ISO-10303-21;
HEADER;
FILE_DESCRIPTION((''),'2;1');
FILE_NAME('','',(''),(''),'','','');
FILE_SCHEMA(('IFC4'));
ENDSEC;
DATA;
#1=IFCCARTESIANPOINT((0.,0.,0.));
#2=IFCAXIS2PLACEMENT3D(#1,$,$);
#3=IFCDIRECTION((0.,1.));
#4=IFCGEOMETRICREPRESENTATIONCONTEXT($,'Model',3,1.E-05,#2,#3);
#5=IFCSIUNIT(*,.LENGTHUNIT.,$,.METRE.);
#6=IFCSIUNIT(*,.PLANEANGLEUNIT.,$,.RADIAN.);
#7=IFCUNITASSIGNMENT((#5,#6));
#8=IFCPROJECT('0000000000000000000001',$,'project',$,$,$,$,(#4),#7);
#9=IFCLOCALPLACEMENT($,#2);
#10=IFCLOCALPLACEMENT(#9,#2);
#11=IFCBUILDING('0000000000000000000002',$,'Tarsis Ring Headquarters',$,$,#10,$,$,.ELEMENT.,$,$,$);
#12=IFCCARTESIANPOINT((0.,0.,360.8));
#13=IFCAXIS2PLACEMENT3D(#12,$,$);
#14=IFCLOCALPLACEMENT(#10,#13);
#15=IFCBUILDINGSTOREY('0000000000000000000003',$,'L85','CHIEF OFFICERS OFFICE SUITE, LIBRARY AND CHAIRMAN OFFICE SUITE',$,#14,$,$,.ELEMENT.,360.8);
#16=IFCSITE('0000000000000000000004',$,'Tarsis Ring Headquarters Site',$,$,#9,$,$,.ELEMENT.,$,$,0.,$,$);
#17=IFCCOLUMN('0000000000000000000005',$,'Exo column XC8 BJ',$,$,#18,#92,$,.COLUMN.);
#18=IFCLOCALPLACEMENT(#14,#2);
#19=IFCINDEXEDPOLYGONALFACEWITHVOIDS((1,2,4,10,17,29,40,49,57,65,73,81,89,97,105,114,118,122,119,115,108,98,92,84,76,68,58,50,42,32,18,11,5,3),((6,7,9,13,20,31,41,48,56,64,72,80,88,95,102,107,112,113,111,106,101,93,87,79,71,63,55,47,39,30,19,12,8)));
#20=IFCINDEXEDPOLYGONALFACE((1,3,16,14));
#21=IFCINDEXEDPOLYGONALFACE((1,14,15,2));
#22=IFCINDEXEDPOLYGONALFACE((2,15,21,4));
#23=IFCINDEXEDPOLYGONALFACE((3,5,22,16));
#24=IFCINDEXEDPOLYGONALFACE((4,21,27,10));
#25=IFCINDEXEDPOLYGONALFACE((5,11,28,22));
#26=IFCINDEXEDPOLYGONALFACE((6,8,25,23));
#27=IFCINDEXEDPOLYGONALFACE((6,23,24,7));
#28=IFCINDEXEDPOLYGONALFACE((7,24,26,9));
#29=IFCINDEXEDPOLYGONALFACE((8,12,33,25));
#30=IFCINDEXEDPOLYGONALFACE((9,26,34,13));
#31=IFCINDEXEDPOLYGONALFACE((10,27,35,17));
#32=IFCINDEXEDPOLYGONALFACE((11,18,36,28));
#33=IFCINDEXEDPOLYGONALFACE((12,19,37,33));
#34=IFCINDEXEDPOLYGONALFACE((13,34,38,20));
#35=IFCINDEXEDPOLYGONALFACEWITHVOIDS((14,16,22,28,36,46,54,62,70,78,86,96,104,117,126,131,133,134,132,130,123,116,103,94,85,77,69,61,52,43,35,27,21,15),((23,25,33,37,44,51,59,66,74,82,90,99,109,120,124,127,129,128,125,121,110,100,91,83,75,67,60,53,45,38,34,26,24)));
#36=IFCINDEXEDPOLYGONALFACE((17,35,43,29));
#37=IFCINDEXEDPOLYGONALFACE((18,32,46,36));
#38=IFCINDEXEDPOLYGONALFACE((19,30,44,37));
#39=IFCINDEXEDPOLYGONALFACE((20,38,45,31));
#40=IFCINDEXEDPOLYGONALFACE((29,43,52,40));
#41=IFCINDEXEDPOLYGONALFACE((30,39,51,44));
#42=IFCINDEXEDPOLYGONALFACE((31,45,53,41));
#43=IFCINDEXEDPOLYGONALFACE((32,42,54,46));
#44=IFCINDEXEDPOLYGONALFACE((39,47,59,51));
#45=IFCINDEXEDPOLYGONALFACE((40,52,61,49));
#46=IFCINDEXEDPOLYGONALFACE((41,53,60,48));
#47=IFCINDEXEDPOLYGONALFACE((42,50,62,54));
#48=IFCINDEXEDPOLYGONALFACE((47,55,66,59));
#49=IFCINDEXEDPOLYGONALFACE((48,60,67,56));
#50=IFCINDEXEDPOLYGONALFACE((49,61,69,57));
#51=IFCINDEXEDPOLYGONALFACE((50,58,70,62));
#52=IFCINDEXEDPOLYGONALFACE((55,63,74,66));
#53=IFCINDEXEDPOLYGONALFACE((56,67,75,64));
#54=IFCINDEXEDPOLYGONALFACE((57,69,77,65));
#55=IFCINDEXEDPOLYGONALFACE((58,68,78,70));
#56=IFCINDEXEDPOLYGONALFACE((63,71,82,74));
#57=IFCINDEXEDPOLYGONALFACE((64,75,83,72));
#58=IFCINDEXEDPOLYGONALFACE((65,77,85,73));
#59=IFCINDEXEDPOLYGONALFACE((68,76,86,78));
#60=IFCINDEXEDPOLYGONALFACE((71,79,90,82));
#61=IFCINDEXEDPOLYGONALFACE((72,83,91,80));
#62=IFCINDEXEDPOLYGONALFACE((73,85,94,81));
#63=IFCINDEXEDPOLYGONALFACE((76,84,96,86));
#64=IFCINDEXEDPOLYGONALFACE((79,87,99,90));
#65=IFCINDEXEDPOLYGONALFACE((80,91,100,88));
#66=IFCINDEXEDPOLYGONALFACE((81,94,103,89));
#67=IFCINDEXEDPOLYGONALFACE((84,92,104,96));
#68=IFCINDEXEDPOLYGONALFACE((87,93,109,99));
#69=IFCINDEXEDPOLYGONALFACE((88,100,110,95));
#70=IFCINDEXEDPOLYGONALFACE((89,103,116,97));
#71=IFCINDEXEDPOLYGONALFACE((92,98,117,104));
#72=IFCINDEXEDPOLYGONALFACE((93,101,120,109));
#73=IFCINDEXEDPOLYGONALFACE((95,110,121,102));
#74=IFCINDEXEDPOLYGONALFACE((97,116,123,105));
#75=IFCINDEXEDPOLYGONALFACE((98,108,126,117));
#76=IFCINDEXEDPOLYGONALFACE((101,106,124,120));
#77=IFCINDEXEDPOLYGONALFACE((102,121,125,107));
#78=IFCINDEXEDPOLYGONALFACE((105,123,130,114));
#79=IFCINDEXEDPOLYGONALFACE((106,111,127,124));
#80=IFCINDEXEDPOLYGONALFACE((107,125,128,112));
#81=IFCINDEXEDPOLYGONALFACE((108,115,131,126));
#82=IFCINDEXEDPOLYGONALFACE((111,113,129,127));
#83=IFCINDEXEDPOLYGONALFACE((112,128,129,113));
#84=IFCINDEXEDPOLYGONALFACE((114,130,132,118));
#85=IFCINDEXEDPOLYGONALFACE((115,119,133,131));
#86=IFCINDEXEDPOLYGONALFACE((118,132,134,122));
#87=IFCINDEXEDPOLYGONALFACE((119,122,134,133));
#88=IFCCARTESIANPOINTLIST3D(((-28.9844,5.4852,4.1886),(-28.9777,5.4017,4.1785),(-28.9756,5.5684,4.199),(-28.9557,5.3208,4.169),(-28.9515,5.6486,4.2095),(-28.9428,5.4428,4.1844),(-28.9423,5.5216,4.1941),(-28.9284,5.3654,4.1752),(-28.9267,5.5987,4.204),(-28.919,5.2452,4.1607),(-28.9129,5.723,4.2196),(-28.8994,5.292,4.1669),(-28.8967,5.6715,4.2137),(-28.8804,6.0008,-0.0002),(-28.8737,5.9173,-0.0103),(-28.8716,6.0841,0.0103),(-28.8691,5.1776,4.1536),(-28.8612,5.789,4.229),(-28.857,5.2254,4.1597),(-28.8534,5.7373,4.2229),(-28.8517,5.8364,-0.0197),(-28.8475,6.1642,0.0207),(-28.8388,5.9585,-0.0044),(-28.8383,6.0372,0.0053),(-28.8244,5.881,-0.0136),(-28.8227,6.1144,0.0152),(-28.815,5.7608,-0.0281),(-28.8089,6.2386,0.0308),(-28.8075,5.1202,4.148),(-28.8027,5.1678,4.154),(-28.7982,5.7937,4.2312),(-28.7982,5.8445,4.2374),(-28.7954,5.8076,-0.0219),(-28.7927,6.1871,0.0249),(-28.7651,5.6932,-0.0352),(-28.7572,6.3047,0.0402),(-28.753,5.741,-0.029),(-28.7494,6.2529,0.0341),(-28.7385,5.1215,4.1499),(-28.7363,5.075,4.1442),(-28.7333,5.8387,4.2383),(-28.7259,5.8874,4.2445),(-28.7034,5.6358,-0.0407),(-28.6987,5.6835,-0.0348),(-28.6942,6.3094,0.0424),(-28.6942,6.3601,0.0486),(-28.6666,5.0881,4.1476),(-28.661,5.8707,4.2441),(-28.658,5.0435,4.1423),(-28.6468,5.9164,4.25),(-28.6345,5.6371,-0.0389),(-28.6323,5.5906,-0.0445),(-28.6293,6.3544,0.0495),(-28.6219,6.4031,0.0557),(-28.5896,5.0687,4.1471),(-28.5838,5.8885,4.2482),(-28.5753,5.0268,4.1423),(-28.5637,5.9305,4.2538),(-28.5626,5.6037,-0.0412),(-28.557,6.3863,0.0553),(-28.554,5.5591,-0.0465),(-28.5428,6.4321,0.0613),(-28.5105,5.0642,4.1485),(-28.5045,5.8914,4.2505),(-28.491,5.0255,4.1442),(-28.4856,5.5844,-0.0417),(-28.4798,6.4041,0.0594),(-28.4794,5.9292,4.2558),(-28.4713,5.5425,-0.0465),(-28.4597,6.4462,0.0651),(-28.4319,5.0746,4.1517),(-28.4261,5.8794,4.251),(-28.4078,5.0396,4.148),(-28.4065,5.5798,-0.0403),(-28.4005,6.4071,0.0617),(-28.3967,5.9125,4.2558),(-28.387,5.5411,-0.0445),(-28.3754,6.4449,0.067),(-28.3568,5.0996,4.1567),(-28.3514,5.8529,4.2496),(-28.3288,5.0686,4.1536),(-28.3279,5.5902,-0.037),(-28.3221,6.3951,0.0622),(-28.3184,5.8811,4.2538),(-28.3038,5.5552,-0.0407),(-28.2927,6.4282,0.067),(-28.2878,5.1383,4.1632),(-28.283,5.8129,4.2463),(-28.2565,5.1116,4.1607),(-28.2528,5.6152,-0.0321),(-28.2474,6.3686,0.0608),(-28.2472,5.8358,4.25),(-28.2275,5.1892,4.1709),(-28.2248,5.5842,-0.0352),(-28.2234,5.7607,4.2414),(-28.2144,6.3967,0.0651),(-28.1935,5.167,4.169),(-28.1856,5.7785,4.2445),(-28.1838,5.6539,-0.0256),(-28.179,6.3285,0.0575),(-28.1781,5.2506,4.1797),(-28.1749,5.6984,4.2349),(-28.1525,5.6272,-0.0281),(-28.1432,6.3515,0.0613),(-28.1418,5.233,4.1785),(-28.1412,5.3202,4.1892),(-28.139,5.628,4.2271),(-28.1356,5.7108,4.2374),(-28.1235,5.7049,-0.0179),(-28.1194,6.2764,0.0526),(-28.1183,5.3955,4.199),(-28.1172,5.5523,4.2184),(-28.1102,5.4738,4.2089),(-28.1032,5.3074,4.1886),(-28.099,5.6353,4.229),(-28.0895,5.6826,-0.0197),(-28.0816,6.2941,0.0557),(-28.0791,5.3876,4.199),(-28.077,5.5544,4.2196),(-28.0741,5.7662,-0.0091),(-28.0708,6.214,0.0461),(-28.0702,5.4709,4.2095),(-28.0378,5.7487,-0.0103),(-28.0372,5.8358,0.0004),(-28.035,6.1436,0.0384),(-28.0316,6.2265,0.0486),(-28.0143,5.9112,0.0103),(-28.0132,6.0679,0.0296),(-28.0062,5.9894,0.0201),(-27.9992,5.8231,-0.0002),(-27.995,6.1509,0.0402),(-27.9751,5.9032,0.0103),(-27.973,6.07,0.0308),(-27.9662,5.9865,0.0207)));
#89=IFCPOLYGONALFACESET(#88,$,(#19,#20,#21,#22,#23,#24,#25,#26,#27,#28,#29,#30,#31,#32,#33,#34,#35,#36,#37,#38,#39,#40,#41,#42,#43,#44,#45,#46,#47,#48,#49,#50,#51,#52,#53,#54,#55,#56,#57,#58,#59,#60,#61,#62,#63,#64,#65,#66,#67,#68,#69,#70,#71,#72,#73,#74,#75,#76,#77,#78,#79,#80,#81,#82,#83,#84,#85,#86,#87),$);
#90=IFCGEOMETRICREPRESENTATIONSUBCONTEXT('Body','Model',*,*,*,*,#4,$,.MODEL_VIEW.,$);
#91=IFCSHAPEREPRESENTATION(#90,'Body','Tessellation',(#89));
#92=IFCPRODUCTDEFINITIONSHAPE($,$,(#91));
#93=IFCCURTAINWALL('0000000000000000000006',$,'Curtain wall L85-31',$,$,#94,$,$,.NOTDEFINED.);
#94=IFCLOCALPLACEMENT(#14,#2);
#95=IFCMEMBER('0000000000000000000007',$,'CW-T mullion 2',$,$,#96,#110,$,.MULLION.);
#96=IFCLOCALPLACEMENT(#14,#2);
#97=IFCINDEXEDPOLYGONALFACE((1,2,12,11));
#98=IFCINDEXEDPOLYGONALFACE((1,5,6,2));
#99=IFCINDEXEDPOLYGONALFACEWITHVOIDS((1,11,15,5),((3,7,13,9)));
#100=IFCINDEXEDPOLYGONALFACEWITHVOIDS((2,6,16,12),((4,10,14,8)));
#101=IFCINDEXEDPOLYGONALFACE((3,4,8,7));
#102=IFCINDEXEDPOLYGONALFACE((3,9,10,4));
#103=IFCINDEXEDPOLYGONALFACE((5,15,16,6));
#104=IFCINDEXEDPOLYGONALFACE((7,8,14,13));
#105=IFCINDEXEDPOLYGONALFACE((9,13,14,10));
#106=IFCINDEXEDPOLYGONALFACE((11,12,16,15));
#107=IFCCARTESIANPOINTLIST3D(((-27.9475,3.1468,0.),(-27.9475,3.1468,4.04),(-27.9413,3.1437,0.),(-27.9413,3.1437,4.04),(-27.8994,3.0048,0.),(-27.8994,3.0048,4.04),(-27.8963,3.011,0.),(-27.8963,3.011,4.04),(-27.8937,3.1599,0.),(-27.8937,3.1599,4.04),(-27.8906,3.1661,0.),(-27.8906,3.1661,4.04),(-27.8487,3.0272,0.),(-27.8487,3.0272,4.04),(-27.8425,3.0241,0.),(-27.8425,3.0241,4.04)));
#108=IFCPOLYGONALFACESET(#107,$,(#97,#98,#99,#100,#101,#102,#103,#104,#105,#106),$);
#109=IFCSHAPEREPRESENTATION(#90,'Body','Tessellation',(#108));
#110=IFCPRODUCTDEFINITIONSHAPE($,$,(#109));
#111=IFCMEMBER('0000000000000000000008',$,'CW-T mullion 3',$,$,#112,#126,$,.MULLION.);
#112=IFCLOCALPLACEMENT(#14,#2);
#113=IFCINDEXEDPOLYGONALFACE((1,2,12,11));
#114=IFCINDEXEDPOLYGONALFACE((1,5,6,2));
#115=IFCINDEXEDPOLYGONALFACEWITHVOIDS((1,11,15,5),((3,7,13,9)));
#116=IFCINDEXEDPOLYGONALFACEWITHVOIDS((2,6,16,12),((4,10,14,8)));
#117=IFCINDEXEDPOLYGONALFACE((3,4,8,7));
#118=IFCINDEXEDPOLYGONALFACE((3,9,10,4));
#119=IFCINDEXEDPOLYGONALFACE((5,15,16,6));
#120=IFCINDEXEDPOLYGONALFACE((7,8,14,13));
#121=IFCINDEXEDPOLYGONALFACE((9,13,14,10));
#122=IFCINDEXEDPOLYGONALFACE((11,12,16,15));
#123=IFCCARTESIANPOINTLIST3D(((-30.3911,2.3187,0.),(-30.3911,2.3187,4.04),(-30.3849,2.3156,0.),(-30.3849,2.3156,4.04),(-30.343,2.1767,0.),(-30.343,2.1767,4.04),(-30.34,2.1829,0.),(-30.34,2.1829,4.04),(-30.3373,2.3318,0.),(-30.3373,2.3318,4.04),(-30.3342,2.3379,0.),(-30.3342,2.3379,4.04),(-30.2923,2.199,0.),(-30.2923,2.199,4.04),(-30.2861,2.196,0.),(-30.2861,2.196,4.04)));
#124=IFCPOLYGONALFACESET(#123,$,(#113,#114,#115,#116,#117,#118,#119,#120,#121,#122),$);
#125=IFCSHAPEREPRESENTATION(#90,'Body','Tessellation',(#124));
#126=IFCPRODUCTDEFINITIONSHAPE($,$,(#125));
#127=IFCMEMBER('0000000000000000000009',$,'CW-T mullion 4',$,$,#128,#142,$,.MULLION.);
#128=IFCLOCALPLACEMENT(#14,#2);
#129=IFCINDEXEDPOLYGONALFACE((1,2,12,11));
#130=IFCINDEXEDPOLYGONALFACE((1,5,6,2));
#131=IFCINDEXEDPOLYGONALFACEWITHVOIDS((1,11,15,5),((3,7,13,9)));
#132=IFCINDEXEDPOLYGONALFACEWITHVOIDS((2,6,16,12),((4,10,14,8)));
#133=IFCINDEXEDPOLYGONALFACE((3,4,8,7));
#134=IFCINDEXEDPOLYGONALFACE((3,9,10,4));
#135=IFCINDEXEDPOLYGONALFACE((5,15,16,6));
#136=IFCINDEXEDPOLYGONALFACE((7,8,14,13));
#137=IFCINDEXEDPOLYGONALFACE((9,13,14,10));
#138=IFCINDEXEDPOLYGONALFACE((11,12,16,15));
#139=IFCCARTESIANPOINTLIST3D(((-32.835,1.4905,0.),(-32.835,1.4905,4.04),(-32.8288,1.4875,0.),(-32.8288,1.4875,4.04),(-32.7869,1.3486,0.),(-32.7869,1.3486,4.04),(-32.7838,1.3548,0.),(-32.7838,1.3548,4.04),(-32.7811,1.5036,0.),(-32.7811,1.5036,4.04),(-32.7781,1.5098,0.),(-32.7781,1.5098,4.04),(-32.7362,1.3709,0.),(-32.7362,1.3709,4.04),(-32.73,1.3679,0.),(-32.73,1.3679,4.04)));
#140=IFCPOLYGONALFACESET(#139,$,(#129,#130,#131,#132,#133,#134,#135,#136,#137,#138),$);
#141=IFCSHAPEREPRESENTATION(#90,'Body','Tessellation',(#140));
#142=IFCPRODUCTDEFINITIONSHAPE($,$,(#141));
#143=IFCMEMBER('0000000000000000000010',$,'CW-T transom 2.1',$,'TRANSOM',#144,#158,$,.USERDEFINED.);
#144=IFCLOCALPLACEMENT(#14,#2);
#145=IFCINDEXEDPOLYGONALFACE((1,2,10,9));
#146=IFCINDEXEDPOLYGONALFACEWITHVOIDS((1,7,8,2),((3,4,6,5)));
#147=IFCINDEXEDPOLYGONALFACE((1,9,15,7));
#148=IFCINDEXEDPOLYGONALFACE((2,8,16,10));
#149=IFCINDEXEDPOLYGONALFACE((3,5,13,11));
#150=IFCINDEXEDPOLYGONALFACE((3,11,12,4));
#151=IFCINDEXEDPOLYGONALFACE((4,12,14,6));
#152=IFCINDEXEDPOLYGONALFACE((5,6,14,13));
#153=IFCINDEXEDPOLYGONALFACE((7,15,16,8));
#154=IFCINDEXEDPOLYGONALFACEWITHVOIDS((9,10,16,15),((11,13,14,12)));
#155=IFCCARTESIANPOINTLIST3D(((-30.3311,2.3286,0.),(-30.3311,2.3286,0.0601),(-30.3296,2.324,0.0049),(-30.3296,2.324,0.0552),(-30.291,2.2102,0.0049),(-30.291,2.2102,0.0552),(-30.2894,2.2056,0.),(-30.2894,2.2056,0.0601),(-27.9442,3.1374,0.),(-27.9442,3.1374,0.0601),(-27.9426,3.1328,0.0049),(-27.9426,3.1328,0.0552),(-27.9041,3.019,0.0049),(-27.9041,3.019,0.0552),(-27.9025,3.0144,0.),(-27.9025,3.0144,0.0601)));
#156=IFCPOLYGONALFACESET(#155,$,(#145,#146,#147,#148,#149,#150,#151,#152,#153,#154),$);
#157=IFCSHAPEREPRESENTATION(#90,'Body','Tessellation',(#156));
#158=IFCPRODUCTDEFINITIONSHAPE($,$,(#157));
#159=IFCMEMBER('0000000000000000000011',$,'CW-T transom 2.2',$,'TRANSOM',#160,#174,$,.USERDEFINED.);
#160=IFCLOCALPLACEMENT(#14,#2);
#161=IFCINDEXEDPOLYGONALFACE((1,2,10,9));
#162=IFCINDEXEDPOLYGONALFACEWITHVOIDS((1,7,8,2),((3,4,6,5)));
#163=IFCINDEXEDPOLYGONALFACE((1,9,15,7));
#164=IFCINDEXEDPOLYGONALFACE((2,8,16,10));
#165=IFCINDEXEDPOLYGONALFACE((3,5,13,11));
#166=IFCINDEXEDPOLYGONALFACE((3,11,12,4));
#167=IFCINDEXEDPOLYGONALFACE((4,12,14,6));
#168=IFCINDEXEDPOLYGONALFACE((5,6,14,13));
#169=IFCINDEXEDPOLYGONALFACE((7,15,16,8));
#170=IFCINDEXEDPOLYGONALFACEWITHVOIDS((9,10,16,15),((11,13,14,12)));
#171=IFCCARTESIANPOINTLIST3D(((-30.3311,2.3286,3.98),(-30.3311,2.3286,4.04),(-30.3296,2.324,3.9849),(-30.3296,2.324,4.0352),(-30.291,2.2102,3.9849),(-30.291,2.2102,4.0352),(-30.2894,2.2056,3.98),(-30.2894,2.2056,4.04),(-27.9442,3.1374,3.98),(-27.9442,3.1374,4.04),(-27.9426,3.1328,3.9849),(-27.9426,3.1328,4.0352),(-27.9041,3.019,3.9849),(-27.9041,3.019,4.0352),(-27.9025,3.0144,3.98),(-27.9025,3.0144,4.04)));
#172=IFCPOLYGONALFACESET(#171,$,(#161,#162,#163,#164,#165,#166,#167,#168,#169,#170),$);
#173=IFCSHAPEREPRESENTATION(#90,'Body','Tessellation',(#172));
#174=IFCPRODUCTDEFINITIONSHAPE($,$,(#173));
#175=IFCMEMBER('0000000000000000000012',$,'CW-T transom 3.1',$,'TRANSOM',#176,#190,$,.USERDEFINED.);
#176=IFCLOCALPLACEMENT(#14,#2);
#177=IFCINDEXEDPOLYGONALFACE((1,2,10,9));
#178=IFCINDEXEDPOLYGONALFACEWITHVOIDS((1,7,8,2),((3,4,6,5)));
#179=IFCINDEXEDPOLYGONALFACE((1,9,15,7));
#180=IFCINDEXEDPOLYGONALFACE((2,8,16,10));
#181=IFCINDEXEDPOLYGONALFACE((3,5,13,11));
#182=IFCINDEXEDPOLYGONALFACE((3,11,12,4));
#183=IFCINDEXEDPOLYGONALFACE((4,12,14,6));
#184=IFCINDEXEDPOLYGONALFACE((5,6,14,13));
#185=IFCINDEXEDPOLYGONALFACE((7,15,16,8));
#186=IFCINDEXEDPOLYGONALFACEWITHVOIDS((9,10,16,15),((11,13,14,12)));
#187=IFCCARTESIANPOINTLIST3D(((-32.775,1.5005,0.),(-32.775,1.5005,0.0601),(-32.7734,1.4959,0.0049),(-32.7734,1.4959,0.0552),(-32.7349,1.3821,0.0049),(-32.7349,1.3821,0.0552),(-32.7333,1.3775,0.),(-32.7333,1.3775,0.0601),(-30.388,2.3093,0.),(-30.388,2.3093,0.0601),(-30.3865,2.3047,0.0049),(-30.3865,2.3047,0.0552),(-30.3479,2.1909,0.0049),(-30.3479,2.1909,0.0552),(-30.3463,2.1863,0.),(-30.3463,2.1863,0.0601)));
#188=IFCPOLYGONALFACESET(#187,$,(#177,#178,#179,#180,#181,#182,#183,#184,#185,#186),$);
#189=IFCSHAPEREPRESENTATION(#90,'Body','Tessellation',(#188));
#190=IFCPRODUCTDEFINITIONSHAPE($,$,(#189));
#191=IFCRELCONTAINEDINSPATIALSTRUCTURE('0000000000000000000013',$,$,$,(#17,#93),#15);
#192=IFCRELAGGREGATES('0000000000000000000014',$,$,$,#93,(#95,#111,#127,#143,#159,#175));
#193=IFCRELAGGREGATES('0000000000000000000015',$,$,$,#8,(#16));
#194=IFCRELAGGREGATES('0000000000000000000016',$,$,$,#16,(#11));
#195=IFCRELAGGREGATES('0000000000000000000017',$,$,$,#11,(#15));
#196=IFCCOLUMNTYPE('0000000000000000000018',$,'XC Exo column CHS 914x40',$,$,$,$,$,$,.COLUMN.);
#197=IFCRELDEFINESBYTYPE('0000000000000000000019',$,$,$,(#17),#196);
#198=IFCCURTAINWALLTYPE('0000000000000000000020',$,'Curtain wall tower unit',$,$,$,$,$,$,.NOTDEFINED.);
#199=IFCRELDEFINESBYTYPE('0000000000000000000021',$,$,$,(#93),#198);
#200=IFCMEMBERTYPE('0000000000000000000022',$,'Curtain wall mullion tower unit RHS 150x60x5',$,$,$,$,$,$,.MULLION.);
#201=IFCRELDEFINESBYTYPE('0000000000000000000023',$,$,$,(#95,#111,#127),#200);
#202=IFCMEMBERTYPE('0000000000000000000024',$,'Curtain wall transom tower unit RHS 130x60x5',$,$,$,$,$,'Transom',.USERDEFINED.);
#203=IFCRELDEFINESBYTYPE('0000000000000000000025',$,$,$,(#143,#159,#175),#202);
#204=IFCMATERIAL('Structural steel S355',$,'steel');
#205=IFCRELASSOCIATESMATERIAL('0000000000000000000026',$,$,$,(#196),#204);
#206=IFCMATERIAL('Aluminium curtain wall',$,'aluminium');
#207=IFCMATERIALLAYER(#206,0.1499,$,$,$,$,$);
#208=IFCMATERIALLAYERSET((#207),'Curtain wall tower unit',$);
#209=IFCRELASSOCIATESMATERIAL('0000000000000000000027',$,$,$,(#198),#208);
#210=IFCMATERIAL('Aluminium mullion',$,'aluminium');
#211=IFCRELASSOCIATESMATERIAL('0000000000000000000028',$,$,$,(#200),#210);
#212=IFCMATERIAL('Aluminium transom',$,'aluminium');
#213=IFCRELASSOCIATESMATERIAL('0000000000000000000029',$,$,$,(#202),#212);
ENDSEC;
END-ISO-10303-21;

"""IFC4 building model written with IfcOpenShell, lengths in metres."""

from ifc_helpers import new_model, si_unit, direction, frame, origin, origin_2d, place, context, subcontext, project, spatial, hollow_rectangle, hollow_circle, extrude, material, layer, layer_set, material_profile, profile_set, type_object, element, aggregate, save


model = new_model("IFC4")

# Units and contexts
model_context = context("Model", 3, precision=1e-05, world=origin(), true_north=direction((0.0, 1.0)))
body_context = subcontext(model_context, "Body", "Model", "MODEL_VIEW")
ifc_project = project(units=[si_unit("LENGTHUNIT", "METRE"), si_unit("PLANEANGLEUNIT", "RADIAN")], contexts=[model_context])

# Site, building, storey
site_placement = place(None, origin())
site = spatial("IfcSite", under=ifc_project, at=site_placement, Name="Tarsis Ring Headquarters Site", CompositionType="ELEMENT", RefElevation=0.0)
building_placement = place(site_placement, origin())
building = spatial("IfcBuilding", under=site, at=building_placement, Name="Tarsis Ring Headquarters", CompositionType="ELEMENT")
storey_placement = place(building_placement, frame((0.0, 0.0, 360.8)))
storey = spatial("IfcBuildingStorey", under=building, at=storey_placement, Name="L85", Description="CHIEF OFFICERS OFFICE SUITE, LIBRARY AND CHAIRMAN OFFICE SUITE", CompositionType="ELEMENT", Elevation=360.8)

# Column
ifc_material_1 = material(Name="Structural steel S355", Category="steel")
ifc_material_profile_1 = material_profile(ifc_material_1, hollow_circle(Radius=0.457, WallThickness=0.04, at=origin_2d()), Name="CHS 914x40")
ifc_profile_set_1 = profile_set([ifc_material_profile_1], Name="Structural steel S355")
column_type = type_object("IfcColumnType", Name="XC Exo column CHS 914x40", PredefinedType="COLUMN", material=ifc_profile_set_1)
column_placement = place(storey_placement, frame((-28.4233, 5.9937, 0.0103), z_axis=(-0.024636, -0.122139, 0.992207), x_axis=(0.980258, -0.197723, 0.0)))
element("IfcColumn", 1, at=column_placement, inside=storey, type_object=column_type, Name="Exo column XC8 BJ", PredefinedType="COLUMN", context=body_context, shape_type="SweptSolid", body=[
    extrude(hollow_circle(Radius=0.4573, WallThickness=0.04, at=origin_2d()), origin(), (0.0, 0.0, 1.0), 4.2217),
])

# Curtain wall, members
ifc_material_2 = material(Name="Aluminium curtain wall", Category="aluminium")
ifc_layer_1 = layer(ifc_material_2, 0.1499)
ifc_layer_set_1 = layer_set([ifc_layer_1], Name="Curtain wall tower unit")
curtain_wall_type = type_object("IfcCurtainWallType", Name="Curtain wall tower unit", PredefinedType="NOTDEFINED", material=ifc_layer_set_1)
curtain_wall_placement = place(storey_placement, origin())
curtain_wall = element("IfcCurtainWall", 2, at=curtain_wall_placement, inside=storey, type_object=curtain_wall_type, Name="Curtain wall L85-31", PredefinedType="NOTDEFINED")
ifc_material_3 = material(Name="Aluminium mullion", Category="aluminium")
ifc_material_profile_2 = material_profile(ifc_material_3, hollow_rectangle(XDim=0.1499, YDim=0.0601, WallThickness=0.0049, at=origin_2d()), Name="RHS 150x60x5")
ifc_profile_set_2 = profile_set([ifc_material_profile_2], Name="Aluminium mullion")
member_type_1 = type_object("IfcMemberType", Name="Curtain wall mullion tower unit RHS 150x60x5", PredefinedType="MULLION", material=ifc_profile_set_2)
member_1_placement = place(storey_placement, frame((-27.895, 3.0854, 0.0), z_axis=(0.0, 0.0, 1.0), x_axis=(0.320944, -0.947098, 0.0)))
member_1 = element("IfcMember", 3, at=member_1_placement, type_object=member_type_1, Name="CW-T mullion 2", PredefinedType="MULLION", context=body_context, shape_type="SweptSolid", body=[
    extrude(hollow_rectangle(XDim=0.1499, YDim=0.0601, WallThickness=0.0049, at=origin_2d()), origin(), (0.0, 0.0, 1.0), 4.04),
])
member_2_placement = place(storey_placement, frame((-30.3386, 2.2573, 0.0), z_axis=(0.0, 0.0, 1.0), x_axis=(0.320944, -0.947098, 0.0)))
member_2 = element("IfcMember", 4, at=member_2_placement, type_object=member_type_1, Name="CW-T mullion 3", PredefinedType="MULLION", context=body_context, shape_type="SweptSolid", body=[
    extrude(hollow_rectangle(XDim=0.1499, YDim=0.0601, WallThickness=0.0049, at=origin_2d()), origin(), (0.0, 0.0, 1.0), 4.04),
])
member_3_placement = place(storey_placement, frame((-32.7825, 1.4292, 0.0), z_axis=(0.0, 0.0, 1.0), x_axis=(0.320944, -0.947098, 0.0)))
member_3 = element("IfcMember", 5, at=member_3_placement, type_object=member_type_1, Name="CW-T mullion 4", PredefinedType="MULLION", context=body_context, shape_type="SweptSolid", body=[
    extrude(hollow_rectangle(XDim=0.1499, YDim=0.0601, WallThickness=0.0049, at=origin_2d()), origin(), (0.0, 0.0, 1.0), 4.04),
])
ifc_material_4 = material(Name="Aluminium transom", Category="aluminium")
ifc_material_profile_3 = material_profile(ifc_material_4, hollow_rectangle(XDim=0.1299, YDim=0.0601, WallThickness=0.0049, at=origin_2d()), Name="RHS 130x60x5")
ifc_profile_set_3 = profile_set([ifc_material_profile_3], Name="Aluminium transom")
member_type_2 = type_object("IfcMemberType", Name="Curtain wall transom tower unit RHS 130x60x5", ElementType="Transom", PredefinedType="USERDEFINED", material=ifc_profile_set_3)
member_4_placement = place(storey_placement, frame((-27.9233, 3.0759, 0.03), z_axis=(-0.947102, -0.320932, 0.0), x_axis=(0.320932, -0.947102, 0.0)))
member_4 = element("IfcMember", 6, at=member_4_placement, type_object=member_type_2, Name="CW-T transom 2.1", ObjectType="TRANSOM", PredefinedType="USERDEFINED", context=body_context, shape_type="SweptSolid", body=[
    extrude(hollow_rectangle(XDim=0.1299, YDim=0.0601, WallThickness=0.0049, at=origin_2d()), origin(), (0.0, 0.0, 1.0), 2.5203),
])
member_5_placement = place(storey_placement, frame((-27.9233, 3.0759, 4.01), z_axis=(-0.947102, -0.320932, 0.0), x_axis=(0.320932, -0.947102, 0.0)))
member_5 = element("IfcMember", 7, at=member_5_placement, type_object=member_type_2, Name="CW-T transom 2.2", ObjectType="TRANSOM", PredefinedType="USERDEFINED", context=body_context, shape_type="SweptSolid", body=[
    extrude(hollow_rectangle(XDim=0.1299, YDim=0.0601, WallThickness=0.0049, at=origin_2d()), origin(), (0.0, 0.0, 1.0), 2.5203),
])
member_6_placement = place(storey_placement, frame((-30.3672, 2.2478, 0.03), z_axis=(-0.947102, -0.320932, 0.0), x_axis=(0.320932, -0.947102, 0.0)))
member_6 = element("IfcMember", 8, at=member_6_placement, type_object=member_type_2, Name="CW-T transom 3.1", ObjectType="TRANSOM", PredefinedType="USERDEFINED", context=body_context, shape_type="SweptSolid", body=[
    extrude(hollow_rectangle(XDim=0.1299, YDim=0.0601, WallThickness=0.0049, at=origin_2d()), origin(), (0.0, 0.0, 1.0), 2.5203),
])

aggregate(curtain_wall, [member_1, member_2, member_3, member_4, member_5, member_6])

save(model, "model.ifc")
